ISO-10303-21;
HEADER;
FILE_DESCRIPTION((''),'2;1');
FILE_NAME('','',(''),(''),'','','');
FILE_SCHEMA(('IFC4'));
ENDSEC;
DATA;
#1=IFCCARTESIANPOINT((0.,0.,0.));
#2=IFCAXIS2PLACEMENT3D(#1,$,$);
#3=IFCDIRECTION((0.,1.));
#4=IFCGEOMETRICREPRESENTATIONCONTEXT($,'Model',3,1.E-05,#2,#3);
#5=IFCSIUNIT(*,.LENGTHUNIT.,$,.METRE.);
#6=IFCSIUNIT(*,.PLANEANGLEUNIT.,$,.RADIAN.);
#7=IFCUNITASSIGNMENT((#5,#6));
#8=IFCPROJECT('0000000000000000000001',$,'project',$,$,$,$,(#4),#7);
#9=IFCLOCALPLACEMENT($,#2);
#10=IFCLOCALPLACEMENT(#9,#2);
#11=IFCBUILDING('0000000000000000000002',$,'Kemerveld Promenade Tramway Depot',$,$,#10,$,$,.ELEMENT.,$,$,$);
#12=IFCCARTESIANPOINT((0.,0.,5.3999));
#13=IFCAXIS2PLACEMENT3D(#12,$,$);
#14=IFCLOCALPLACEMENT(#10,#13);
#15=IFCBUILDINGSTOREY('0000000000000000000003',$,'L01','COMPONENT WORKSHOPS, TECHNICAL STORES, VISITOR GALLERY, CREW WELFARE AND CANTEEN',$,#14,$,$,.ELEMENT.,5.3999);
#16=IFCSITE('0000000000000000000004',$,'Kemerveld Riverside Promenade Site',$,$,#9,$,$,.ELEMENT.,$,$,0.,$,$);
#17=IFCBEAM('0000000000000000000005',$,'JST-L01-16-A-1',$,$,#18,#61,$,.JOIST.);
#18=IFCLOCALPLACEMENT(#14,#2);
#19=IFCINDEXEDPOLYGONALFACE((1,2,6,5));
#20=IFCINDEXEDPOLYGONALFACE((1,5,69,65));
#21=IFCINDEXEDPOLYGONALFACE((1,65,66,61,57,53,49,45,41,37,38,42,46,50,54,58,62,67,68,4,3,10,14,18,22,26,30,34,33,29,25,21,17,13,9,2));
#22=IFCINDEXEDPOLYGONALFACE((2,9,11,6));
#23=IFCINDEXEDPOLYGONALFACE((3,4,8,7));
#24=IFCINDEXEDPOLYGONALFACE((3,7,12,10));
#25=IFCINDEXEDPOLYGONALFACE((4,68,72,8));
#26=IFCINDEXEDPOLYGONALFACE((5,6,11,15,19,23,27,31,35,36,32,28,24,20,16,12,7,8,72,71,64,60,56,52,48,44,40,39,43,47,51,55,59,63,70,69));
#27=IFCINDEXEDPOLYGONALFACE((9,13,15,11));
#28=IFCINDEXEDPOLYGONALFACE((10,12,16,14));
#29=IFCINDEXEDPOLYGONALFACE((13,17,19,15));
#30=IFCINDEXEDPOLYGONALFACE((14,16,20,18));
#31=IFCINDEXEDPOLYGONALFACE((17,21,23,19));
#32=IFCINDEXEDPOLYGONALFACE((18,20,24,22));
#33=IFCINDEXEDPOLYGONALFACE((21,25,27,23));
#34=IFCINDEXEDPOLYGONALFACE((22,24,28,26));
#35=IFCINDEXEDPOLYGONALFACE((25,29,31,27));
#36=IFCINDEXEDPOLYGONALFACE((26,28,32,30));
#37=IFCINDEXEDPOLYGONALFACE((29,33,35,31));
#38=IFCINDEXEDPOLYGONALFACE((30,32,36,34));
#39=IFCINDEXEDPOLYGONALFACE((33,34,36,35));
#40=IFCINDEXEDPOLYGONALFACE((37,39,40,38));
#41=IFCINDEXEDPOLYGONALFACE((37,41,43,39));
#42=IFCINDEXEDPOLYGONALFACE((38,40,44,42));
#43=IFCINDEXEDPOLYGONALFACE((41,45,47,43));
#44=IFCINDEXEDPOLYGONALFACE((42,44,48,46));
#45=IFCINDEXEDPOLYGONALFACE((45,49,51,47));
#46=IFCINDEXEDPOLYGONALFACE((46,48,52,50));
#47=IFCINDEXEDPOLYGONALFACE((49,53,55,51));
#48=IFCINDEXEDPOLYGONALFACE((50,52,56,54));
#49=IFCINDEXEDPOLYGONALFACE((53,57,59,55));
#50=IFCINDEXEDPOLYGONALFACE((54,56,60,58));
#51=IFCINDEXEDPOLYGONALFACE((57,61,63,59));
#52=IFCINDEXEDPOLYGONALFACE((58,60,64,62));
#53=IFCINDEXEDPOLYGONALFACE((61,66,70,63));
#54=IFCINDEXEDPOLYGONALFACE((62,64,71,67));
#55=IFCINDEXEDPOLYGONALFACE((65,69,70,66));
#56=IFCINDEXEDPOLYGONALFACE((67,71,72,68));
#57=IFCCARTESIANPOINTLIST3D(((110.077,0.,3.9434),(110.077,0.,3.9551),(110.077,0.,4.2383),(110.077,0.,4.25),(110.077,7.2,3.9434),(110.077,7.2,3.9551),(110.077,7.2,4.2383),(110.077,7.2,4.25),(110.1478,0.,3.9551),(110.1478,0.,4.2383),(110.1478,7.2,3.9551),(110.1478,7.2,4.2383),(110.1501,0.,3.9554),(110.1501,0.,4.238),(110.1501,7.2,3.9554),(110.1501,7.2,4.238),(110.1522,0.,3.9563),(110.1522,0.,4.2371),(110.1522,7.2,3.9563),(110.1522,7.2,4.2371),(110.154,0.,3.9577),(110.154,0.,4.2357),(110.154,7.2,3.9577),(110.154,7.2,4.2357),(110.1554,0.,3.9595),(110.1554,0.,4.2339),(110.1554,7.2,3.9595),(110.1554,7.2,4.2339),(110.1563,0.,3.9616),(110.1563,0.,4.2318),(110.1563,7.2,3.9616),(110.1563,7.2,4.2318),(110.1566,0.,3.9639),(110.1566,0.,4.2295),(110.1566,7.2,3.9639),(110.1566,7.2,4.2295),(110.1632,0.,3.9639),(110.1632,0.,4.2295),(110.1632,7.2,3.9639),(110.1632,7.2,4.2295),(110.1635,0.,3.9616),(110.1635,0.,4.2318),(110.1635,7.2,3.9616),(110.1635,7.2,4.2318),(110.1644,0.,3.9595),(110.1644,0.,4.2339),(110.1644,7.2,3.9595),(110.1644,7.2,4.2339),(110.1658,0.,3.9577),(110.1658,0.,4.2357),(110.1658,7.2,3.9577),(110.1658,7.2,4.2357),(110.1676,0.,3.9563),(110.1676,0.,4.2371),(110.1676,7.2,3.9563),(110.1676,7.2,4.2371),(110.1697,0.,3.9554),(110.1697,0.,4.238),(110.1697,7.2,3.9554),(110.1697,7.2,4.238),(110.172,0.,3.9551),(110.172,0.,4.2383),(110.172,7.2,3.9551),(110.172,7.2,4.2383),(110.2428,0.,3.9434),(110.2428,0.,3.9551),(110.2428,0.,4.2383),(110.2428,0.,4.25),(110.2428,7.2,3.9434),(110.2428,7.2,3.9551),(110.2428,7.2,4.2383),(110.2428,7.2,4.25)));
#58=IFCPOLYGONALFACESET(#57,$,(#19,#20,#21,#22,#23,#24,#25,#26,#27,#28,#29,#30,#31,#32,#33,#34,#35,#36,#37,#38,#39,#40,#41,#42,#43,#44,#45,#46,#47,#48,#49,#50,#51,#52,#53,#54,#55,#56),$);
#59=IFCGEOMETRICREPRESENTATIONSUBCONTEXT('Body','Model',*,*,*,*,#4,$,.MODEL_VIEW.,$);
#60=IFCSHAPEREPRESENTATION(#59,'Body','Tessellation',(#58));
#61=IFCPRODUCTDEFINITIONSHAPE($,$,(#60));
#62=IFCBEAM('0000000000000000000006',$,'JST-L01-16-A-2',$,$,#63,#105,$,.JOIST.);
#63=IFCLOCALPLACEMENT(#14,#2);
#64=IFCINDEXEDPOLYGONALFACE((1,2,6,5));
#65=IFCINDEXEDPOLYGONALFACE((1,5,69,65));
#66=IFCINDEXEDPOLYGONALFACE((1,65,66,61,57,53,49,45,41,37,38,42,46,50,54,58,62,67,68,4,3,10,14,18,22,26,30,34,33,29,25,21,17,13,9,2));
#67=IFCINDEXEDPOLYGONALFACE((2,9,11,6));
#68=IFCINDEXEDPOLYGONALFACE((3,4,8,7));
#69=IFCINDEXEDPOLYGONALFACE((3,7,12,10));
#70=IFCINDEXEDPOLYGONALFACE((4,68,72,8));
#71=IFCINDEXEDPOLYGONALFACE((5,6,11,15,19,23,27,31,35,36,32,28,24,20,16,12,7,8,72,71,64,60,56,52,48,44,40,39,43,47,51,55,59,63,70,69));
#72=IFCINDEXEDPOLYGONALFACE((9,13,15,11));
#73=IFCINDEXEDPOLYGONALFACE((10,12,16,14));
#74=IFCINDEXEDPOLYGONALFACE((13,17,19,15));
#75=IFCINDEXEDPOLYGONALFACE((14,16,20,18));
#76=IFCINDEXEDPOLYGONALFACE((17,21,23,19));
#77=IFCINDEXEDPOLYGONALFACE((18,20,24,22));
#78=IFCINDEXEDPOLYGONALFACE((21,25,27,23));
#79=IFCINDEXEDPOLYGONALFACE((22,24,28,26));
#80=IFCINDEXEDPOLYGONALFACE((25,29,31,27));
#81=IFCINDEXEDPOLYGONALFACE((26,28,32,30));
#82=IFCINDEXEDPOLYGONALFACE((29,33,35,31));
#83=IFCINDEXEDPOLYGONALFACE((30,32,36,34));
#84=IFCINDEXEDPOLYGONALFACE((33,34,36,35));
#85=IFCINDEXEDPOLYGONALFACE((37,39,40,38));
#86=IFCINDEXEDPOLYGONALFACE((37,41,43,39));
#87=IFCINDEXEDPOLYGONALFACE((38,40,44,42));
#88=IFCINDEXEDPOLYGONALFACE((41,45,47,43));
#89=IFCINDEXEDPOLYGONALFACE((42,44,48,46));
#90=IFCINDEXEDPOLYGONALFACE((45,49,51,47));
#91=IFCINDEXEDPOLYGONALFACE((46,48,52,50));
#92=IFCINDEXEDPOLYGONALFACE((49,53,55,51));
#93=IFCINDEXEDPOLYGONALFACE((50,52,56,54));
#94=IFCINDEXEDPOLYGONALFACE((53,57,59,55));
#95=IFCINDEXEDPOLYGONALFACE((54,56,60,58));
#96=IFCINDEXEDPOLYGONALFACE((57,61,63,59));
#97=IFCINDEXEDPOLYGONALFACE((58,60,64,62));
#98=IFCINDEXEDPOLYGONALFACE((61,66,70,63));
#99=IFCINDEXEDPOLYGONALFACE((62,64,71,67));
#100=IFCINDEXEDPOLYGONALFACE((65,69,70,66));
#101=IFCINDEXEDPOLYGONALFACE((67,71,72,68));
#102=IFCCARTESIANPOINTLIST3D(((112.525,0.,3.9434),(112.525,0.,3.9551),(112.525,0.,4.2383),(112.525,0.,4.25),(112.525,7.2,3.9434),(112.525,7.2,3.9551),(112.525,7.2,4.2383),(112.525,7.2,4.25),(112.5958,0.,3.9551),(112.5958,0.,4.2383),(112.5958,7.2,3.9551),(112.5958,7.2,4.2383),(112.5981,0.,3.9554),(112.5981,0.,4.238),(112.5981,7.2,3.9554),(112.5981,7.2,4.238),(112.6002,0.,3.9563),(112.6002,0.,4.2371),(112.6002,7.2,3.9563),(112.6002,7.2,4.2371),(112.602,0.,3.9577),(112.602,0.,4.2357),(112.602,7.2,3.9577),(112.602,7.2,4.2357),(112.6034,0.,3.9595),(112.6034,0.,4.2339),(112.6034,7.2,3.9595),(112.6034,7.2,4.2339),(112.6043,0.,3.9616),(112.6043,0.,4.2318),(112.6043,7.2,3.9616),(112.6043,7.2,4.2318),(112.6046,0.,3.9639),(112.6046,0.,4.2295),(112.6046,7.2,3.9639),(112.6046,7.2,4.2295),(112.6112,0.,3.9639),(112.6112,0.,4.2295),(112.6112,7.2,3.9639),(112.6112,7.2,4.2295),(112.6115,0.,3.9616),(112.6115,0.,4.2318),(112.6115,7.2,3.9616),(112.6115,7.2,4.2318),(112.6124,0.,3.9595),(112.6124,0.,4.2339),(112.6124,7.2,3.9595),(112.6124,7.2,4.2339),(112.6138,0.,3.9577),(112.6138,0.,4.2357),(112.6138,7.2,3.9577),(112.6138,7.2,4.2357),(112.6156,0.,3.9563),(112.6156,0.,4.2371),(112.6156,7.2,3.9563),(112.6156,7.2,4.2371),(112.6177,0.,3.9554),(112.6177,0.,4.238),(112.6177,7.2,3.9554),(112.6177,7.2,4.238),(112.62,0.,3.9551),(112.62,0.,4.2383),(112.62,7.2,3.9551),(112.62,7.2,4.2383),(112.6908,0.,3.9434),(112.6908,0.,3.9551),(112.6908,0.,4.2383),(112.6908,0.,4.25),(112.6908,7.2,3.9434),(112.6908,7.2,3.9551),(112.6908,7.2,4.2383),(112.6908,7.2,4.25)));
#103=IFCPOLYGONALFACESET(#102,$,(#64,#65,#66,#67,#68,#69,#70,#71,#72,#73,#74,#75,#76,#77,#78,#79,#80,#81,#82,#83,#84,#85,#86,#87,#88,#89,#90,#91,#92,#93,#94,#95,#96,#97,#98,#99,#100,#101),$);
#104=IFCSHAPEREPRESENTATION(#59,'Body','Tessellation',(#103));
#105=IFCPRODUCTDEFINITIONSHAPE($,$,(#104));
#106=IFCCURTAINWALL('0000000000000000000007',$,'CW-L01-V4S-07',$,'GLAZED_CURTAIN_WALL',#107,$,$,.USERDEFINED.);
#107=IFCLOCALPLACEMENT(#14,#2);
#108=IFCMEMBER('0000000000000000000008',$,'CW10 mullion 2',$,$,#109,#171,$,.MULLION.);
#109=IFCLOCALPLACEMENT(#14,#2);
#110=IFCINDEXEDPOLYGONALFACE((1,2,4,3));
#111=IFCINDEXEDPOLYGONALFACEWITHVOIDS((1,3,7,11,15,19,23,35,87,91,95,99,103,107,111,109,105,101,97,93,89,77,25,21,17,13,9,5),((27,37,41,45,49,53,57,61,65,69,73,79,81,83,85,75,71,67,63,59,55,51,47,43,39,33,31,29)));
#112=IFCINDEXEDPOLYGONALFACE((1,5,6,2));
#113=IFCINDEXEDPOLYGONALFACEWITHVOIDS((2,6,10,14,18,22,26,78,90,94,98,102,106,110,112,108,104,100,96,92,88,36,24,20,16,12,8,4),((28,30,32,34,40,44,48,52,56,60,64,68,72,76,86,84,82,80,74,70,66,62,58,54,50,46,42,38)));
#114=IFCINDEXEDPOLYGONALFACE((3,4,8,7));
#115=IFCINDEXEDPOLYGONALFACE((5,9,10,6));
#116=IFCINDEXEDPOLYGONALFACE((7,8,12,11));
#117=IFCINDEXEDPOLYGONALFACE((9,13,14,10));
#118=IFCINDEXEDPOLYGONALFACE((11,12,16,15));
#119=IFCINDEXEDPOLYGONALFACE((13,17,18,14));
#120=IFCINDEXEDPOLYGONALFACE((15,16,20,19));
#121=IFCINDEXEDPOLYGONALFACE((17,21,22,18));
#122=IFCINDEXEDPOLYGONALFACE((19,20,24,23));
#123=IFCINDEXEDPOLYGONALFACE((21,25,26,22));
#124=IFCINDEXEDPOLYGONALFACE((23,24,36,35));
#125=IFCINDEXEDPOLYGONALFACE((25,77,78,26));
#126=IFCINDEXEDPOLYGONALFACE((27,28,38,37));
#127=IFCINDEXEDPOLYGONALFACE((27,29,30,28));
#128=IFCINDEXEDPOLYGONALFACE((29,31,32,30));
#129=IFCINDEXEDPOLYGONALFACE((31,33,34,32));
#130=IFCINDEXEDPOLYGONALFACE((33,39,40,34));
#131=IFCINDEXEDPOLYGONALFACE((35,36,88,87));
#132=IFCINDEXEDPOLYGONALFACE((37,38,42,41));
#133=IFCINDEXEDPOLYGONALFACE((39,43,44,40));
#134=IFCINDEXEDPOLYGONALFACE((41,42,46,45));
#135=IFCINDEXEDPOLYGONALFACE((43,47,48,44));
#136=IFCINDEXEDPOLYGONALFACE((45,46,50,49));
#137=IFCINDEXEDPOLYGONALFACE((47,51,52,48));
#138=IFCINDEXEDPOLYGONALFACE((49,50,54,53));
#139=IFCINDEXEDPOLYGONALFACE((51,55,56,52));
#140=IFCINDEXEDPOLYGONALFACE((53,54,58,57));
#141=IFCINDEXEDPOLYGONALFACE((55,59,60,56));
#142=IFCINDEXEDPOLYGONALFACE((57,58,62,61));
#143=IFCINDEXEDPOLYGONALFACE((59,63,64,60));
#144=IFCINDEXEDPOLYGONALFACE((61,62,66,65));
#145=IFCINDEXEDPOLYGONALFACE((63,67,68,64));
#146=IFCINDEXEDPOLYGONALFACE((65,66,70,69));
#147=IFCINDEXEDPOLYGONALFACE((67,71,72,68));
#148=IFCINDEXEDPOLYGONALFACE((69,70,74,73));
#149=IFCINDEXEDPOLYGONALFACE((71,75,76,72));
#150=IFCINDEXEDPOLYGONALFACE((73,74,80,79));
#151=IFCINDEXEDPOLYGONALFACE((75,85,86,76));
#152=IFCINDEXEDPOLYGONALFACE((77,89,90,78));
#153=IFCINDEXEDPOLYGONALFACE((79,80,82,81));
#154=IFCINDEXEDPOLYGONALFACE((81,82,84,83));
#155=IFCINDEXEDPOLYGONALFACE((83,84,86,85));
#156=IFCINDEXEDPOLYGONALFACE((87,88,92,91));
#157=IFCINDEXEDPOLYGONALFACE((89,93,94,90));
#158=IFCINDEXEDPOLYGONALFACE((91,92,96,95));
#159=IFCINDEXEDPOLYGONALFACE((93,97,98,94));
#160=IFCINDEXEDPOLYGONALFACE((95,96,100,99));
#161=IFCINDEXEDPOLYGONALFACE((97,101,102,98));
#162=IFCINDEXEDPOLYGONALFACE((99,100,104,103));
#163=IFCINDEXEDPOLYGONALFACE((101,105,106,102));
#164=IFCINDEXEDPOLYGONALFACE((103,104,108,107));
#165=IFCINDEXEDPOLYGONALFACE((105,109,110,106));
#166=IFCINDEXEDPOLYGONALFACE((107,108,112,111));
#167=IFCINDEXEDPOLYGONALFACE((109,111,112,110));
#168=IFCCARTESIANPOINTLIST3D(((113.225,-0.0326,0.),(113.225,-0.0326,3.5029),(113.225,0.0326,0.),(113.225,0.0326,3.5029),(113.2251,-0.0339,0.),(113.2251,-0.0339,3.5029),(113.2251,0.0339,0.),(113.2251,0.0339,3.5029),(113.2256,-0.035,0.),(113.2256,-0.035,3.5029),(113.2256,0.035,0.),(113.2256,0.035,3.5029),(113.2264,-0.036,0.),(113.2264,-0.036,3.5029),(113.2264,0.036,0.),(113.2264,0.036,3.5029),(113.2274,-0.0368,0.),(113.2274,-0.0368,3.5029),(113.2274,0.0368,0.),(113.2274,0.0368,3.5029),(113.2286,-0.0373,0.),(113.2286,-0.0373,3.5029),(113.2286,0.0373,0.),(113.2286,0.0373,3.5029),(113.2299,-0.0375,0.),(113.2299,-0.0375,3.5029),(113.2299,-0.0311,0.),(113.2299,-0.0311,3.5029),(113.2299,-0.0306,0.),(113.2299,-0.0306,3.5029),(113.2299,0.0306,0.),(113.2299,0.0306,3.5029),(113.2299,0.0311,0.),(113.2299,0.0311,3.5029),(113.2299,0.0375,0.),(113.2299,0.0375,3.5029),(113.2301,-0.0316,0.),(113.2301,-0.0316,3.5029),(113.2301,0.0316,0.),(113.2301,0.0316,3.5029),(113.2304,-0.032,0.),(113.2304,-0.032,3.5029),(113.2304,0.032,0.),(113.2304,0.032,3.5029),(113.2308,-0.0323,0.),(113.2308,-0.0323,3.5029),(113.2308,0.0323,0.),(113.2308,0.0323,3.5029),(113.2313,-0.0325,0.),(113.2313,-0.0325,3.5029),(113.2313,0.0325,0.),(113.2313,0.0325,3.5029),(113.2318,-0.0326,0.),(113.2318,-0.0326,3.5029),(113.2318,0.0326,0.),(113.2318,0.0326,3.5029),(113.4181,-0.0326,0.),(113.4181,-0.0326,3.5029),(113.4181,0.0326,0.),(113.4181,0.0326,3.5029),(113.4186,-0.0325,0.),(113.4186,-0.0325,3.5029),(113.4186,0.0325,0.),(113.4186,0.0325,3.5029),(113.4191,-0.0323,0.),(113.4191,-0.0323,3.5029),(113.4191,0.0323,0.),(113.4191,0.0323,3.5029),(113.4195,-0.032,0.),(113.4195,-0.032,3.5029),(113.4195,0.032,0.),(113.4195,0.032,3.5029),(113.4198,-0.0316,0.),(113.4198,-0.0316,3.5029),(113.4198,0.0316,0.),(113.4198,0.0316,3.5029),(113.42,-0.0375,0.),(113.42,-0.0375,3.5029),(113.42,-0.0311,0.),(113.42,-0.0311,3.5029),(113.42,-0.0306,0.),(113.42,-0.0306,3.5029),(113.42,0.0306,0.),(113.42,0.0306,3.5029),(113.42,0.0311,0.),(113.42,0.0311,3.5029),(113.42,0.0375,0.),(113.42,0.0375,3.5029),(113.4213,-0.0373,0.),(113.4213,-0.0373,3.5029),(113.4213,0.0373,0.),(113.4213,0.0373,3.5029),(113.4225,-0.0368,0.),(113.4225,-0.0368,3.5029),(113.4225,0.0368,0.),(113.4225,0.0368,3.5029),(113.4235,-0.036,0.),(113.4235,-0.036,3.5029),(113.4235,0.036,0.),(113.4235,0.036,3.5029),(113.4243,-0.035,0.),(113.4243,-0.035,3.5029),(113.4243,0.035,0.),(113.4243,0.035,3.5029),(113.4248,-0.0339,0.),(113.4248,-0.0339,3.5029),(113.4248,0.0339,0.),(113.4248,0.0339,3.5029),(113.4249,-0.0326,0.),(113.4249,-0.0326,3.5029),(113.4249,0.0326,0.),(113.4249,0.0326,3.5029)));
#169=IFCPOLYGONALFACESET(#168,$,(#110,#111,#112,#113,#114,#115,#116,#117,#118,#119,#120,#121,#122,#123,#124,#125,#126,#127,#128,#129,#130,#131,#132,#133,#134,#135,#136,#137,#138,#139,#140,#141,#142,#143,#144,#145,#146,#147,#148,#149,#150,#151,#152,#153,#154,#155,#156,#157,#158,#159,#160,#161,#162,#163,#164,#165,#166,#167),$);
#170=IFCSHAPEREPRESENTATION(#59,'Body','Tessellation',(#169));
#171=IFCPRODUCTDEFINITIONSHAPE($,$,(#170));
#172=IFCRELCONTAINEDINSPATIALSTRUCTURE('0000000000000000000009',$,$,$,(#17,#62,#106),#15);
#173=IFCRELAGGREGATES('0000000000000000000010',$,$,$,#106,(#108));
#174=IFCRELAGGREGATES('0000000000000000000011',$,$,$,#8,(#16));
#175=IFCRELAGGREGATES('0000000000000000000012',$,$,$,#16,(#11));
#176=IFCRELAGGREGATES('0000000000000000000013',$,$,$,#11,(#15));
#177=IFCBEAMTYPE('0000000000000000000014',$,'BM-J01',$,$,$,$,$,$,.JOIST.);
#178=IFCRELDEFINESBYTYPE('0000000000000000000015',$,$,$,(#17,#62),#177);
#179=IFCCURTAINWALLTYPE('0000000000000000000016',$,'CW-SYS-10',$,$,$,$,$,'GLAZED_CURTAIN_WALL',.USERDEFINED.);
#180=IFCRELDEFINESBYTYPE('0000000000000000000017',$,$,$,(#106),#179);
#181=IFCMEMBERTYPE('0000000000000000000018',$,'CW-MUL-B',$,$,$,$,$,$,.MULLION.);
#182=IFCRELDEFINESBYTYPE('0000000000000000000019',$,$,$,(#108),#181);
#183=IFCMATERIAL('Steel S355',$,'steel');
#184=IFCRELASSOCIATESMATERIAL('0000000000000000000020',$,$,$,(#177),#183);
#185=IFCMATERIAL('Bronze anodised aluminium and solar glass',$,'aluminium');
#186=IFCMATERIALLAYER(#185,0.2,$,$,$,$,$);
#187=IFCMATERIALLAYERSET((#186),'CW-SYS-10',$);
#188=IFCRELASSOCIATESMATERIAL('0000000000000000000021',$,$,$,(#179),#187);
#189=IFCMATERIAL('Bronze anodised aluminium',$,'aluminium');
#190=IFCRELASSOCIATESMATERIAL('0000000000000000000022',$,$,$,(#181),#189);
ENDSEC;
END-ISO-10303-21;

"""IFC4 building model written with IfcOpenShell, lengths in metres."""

from ifc_helpers import new_model, si_unit, direction, frame, origin, origin_2d, place, context, subcontext, project, spatial, hollow_rectangle, i_section, extrude, material, layer, layer_set, material_profile, profile_set, type_object, element, aggregate, save


model = new_model("IFC4")

# Units and contexts
model_context = context("Model", 3, precision=1e-05, world=origin(), true_north=direction((0.0, 1.0)))
body_context = subcontext(model_context, "Body", "Model", "MODEL_VIEW")
ifc_project = project(units=[si_unit("LENGTHUNIT", "METRE"), si_unit("PLANEANGLEUNIT", "RADIAN")], contexts=[model_context])

# Site, building, storey
site_placement = place(None, origin())
site = spatial("IfcSite", under=ifc_project, at=site_placement, Name="Kemerveld Riverside Promenade Site", CompositionType="ELEMENT", RefElevation=0.0)
building_placement = place(site_placement, origin())
building = spatial("IfcBuilding", under=site, at=building_placement, Name="Kemerveld Promenade Tramway Depot", CompositionType="ELEMENT")
storey_placement = place(building_placement, frame((0.0, 0.0, 5.3999)))
storey = spatial("IfcBuildingStorey", under=building, at=storey_placement, Name="L01", Description="COMPONENT WORKSHOPS, TECHNICAL STORES, VISITOR GALLERY, CREW WELFARE AND CANTEEN", CompositionType="ELEMENT", Elevation=5.3999)

# Beams
ifc_material_1 = material(Name="Steel S355", Category="steel")
ifc_material_profile_1 = material_profile(ifc_material_1, i_section(OverallWidth=0.1658, OverallDepth=0.3066, WebThickness=0.0066, FlangeThickness=0.0117, FilletRadius=0.0088, at=origin_2d()), Name="305x165x46 UB")
ifc_profile_set_1 = profile_set([ifc_material_profile_1], Name="Steel S355")
beam_type = type_object("IfcBeamType", Name="BM-J01", PredefinedType="JOIST", material=ifc_profile_set_1)
for number, where, z_axis, x_axis, name in (
    (1, (110.1599, 0.0, 4.0967), (0.0, 1.0, 0.0), (-1.0, 0.0, 0.0), "JST-L01-16-A-1"),
    (2, (112.6079, 0.0, 4.0967), (0.0, 1.0, 0.0), (-1.0, 0.0, 0.0), "JST-L01-16-A-2"),
):
    element("IfcBeam", number, at=place(storey_placement, frame(where, z_axis=z_axis, x_axis=x_axis)), inside=storey, type_object=beam_type, Name=name, PredefinedType="JOIST", context=body_context, shape_type="SweptSolid", body=[
        extrude(i_section(OverallWidth=0.1658, OverallDepth=0.3066, WebThickness=0.0066, FlangeThickness=0.0117, FilletRadius=0.0088, at=origin_2d()), origin(), (0.0, 0.0, 1.0), 7.2),
    ])

# Curtain wall, member
ifc_material_2 = material(Name="Bronze anodised aluminium and solar glass", Category="aluminium")
ifc_layer_1 = layer(ifc_material_2, 0.2)
ifc_layer_set_1 = layer_set([ifc_layer_1], Name="CW-SYS-10")
curtain_wall_type = type_object("IfcCurtainWallType", Name="CW-SYS-10", ElementType="GLAZED_CURTAIN_WALL", PredefinedType="USERDEFINED", material=ifc_layer_set_1)
curtain_wall_placement = place(storey_placement, origin())
curtain_wall = element("IfcCurtainWall", 3, at=curtain_wall_placement, inside=storey, type_object=curtain_wall_type, Name="CW-L01-V4S-07", ObjectType="GLAZED_CURTAIN_WALL", PredefinedType="USERDEFINED")
ifc_material_3 = material(Name="Bronze anodised aluminium", Category="aluminium")
ifc_material_profile_2 = material_profile(ifc_material_3, hollow_rectangle(XDim=0.075, YDim=0.2, WallThickness=0.0049, InnerFilletRadius=0.002, OuterFilletRadius=0.0049, at=origin_2d()), Name="CW-MUL-200x75")
ifc_profile_set_2 = profile_set([ifc_material_profile_2], Name="Bronze anodised aluminium")
member_type_1 = type_object("IfcMemberType", Name="CW-MUL-B", PredefinedType="MULLION", material=ifc_profile_set_2)
member_1_placement = place(storey_placement, frame((113.325, 0.0, 0.0), z_axis=(0.0, 0.0, 1.0), x_axis=(0.0, -1.0, 0.0)))
member_1 = element("IfcMember", 4, at=member_1_placement, type_object=member_type_1, Name="CW10 mullion 2", PredefinedType="MULLION", context=body_context, shape_type="SweptSolid", body=[
    extrude(hollow_rectangle(XDim=0.075, YDim=0.2, WallThickness=0.0049, InnerFilletRadius=0.002, OuterFilletRadius=0.0049, at=origin_2d()), origin(), (0.0, 0.0, 1.0), 3.5029),
])
aggregate(curtain_wall, [member_1])

save(model, "model.ifc")
